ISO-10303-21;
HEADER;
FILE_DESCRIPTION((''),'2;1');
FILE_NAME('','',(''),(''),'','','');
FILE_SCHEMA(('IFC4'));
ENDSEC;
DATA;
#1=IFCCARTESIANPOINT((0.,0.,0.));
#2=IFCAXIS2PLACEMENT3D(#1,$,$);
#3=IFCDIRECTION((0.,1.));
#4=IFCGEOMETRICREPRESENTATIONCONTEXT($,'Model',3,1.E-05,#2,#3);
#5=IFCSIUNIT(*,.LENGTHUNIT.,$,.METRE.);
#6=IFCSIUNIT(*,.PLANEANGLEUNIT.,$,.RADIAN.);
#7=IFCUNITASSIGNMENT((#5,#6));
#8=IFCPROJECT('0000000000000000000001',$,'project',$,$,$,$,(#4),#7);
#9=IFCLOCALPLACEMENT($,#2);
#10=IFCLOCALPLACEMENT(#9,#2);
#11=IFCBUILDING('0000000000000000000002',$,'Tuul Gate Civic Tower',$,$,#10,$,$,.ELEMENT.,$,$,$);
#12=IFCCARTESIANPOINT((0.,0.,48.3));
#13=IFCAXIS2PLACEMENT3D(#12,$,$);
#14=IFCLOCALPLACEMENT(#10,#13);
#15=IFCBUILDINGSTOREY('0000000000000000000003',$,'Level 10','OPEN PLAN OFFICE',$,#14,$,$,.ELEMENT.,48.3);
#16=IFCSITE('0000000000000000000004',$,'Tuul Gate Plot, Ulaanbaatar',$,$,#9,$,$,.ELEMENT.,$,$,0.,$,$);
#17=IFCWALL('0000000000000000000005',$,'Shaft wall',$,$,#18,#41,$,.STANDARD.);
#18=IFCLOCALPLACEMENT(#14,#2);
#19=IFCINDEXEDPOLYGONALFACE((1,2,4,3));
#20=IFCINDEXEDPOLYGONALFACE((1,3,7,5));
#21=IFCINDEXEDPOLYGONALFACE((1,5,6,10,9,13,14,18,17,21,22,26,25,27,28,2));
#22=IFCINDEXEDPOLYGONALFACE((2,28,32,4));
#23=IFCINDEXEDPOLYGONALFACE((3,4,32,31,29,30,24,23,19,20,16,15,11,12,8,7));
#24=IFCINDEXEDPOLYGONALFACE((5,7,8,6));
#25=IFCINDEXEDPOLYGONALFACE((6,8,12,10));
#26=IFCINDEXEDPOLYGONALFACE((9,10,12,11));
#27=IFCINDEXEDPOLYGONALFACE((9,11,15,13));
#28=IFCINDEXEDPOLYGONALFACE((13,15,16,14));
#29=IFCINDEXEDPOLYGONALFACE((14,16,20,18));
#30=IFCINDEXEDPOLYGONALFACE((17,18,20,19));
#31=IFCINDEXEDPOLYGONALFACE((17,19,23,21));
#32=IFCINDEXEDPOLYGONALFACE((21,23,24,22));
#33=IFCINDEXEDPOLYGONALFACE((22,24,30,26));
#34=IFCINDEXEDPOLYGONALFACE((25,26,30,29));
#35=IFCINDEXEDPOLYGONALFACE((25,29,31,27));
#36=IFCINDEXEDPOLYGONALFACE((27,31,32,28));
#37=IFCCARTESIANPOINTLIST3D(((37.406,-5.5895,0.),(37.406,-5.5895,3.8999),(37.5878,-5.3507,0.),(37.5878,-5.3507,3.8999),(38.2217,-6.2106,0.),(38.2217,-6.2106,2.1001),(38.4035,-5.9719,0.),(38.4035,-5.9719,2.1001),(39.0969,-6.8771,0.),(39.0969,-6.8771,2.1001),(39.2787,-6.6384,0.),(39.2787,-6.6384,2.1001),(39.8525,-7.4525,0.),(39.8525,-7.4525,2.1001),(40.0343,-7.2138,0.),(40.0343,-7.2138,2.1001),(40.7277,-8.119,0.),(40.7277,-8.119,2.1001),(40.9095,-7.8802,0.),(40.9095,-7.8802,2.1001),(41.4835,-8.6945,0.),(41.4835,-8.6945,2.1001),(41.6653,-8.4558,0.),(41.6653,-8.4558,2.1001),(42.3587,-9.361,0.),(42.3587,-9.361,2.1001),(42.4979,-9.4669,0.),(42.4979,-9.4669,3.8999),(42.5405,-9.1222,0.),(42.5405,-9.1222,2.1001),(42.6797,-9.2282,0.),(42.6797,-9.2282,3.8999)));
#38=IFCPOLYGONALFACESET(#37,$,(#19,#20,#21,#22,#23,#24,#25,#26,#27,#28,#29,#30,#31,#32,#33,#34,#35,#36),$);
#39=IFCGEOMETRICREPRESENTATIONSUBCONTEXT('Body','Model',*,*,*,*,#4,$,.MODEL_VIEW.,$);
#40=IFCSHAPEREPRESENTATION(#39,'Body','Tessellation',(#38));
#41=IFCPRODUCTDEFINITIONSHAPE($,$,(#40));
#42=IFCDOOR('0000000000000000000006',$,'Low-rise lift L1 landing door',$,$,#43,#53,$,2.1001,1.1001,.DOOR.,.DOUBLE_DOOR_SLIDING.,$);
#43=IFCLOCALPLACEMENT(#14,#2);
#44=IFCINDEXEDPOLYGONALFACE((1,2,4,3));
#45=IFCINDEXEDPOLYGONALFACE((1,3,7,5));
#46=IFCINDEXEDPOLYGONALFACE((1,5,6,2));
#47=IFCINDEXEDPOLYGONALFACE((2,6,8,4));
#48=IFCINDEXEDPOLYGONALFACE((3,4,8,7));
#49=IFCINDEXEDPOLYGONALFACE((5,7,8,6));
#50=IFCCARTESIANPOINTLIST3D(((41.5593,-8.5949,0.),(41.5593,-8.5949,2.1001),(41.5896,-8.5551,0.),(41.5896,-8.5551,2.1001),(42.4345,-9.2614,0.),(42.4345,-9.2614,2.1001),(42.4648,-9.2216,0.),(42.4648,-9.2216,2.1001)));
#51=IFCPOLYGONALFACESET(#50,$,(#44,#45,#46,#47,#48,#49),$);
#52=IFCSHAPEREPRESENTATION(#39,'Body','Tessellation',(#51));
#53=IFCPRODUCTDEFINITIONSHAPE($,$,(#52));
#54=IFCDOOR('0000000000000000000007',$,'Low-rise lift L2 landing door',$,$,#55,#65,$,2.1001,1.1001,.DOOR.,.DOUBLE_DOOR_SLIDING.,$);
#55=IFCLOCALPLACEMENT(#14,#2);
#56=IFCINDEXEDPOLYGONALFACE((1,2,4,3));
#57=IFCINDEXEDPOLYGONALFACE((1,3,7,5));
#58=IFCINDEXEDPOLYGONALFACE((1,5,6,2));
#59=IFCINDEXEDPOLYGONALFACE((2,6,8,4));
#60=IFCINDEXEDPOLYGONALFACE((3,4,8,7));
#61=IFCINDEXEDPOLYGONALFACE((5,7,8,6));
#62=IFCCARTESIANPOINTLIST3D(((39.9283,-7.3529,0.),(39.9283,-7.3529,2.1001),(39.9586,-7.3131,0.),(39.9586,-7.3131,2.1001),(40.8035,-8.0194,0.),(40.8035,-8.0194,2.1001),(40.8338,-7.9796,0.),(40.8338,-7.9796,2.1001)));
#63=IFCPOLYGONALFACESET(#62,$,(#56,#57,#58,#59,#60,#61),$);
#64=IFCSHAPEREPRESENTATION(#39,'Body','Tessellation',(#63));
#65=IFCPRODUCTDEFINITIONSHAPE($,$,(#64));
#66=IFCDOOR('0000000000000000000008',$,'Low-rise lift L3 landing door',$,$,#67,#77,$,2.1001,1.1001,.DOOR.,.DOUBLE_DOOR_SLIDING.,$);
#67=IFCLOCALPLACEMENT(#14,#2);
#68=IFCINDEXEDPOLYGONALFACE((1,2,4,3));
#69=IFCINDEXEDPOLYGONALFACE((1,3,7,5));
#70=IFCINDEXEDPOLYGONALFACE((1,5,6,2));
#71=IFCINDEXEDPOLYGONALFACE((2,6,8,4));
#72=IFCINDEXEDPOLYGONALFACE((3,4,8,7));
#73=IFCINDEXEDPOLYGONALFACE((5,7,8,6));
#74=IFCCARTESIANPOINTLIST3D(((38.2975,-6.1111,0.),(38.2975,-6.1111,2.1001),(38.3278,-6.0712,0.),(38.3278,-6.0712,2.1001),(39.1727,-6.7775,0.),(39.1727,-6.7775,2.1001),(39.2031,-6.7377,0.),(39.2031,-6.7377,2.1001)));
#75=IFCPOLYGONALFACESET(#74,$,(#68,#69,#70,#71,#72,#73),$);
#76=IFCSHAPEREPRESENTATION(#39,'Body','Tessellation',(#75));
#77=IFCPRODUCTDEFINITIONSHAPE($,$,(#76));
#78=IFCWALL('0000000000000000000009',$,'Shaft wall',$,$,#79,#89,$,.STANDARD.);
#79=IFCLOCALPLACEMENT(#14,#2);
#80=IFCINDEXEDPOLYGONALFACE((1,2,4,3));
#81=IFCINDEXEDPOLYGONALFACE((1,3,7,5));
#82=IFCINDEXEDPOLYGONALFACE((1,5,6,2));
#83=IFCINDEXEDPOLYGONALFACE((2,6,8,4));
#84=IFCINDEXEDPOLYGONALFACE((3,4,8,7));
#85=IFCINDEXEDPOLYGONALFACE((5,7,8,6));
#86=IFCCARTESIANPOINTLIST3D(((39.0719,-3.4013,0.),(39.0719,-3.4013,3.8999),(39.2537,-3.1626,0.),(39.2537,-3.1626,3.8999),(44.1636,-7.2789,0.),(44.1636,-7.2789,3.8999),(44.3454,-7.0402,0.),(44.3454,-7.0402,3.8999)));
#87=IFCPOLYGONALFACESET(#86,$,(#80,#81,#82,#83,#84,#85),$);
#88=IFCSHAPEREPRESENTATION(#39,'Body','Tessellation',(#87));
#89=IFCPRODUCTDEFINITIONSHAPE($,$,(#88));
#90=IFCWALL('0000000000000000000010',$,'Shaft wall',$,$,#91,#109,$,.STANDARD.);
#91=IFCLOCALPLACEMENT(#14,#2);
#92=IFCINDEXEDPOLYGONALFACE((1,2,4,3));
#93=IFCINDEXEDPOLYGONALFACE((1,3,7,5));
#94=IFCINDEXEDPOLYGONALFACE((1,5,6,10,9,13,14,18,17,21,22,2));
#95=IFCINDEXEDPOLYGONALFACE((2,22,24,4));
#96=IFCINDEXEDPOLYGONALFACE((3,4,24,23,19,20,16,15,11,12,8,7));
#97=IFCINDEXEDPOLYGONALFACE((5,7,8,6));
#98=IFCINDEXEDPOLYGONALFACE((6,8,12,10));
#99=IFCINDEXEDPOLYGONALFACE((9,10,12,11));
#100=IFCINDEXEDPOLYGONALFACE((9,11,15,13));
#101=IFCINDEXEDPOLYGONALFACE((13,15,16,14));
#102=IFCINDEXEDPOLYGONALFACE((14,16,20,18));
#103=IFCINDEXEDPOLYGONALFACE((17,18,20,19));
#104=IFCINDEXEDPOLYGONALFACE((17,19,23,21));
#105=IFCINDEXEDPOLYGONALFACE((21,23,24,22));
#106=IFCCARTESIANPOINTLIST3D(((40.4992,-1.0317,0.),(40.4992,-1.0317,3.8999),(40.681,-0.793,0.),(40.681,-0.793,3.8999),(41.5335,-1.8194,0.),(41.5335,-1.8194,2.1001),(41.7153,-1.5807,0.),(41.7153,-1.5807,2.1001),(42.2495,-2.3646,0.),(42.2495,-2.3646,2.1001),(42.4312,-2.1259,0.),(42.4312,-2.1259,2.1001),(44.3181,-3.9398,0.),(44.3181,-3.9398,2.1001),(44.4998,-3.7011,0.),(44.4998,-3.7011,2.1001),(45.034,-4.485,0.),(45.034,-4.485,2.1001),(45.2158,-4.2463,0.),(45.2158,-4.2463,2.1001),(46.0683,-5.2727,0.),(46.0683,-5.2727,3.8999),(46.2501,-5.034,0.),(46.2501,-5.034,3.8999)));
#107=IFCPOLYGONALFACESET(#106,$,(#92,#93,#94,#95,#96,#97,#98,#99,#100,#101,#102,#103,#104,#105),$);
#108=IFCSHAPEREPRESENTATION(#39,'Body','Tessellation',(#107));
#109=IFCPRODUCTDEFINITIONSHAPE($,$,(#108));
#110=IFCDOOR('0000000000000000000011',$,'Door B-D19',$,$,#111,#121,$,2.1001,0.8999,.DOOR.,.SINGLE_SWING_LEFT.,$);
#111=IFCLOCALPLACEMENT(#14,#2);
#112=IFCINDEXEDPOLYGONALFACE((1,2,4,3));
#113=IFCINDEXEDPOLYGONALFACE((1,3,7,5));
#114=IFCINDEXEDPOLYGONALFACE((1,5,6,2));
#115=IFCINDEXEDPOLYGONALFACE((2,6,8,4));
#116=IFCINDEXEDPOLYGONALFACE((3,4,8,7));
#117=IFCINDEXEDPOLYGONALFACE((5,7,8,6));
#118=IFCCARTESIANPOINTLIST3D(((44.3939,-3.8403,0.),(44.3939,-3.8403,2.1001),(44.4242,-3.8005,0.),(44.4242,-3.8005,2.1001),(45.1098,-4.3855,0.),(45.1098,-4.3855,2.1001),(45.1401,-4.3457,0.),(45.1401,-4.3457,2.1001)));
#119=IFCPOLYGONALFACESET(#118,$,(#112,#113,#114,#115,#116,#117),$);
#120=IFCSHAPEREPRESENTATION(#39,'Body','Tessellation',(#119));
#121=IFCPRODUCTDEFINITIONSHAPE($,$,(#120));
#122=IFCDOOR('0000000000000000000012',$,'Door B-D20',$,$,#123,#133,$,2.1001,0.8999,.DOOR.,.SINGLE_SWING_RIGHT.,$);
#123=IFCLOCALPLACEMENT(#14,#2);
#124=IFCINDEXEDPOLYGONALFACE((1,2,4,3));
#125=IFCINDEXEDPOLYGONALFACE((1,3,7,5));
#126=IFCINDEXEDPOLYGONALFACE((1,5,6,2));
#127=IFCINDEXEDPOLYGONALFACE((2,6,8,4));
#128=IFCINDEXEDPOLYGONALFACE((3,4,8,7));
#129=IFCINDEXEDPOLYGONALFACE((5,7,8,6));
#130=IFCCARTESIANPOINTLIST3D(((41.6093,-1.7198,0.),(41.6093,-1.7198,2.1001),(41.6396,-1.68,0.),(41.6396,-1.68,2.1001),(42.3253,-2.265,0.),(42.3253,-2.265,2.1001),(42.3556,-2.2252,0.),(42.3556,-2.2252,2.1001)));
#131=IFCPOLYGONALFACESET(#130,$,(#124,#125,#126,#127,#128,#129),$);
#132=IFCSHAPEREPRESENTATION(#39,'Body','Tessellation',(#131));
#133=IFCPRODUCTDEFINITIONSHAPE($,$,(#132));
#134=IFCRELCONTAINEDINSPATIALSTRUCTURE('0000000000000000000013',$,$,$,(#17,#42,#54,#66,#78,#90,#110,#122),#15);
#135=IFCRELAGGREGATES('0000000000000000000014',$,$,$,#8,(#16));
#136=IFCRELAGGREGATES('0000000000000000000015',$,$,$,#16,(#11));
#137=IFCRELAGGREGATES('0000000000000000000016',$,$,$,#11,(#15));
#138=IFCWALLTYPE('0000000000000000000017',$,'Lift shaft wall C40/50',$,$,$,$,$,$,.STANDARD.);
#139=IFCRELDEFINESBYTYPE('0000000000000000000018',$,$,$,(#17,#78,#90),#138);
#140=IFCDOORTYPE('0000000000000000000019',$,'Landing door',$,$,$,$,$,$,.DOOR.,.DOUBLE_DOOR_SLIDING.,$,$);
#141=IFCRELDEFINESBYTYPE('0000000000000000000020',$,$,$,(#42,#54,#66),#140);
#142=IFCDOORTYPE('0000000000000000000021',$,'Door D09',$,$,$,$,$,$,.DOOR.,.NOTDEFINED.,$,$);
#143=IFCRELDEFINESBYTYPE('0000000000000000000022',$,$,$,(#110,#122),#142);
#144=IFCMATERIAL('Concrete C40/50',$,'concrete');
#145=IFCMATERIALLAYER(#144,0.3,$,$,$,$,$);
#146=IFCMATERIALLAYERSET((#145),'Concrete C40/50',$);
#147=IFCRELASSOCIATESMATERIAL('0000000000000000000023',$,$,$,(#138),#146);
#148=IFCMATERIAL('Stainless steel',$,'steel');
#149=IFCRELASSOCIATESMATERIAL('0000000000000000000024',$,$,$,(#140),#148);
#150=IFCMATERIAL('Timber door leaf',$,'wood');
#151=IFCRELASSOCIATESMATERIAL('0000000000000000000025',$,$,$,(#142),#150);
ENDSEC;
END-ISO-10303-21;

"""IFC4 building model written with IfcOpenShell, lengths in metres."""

from ifc_helpers import new_model, si_unit, direction, frame, frame_2d, origin, place, context, subcontext, project, spatial, rectangle, extrude, material, layer, layer_set, type_object, element, fill, save


model = new_model("IFC4")

# Units and contexts
model_context = context("Model", 3, precision=1e-05, world=origin(), true_north=direction((0.0, 1.0)))
body_context = subcontext(model_context, "Body", "Model", "MODEL_VIEW")
ifc_project = project(units=[si_unit("LENGTHUNIT", "METRE"), si_unit("PLANEANGLEUNIT", "RADIAN")], contexts=[model_context])

# Site, building, storey
site_placement = place(None, origin())
site = spatial("IfcSite", under=ifc_project, at=site_placement, Name="Tuul Gate Plot, Ulaanbaatar", CompositionType="ELEMENT", RefElevation=0.0)
building_placement = place(site_placement, origin())
building = spatial("IfcBuilding", under=site, at=building_placement, Name="Tuul Gate Civic Tower", CompositionType="ELEMENT")
storey_placement = place(building_placement, frame((0.0, 0.0, 48.3)))
storey = spatial("IfcBuildingStorey", under=building, at=storey_placement, Name="Level 10", Description="OPEN PLAN OFFICE", CompositionType="ELEMENT", Elevation=48.3)

# Wall, openings, doors
ifc_material_1 = material(Name="Concrete C40/50", Category="concrete")
ifc_layer_1 = layer(ifc_material_1, 0.3)
ifc_layer_set_1 = layer_set([ifc_layer_1], Name="Concrete C40/50")
wall_type_1 = type_object("IfcWallType", Name="Lift shaft wall C40/50", PredefinedType="STANDARD", material=ifc_layer_set_1)
wall_1_placement = place(storey_placement, frame((42.5889, -9.3477, 0.0), z_axis=(0.0, 0.0, 1.0), x_axis=(-0.795584, 0.605843, 0.0)))
wall_1 = element("IfcWall", 1, at=wall_1_placement, inside=storey, type_object=wall_type_1, Name="Shaft wall", PredefinedType="STANDARD", context=body_context, shape_type="SweptSolid", body=[
    extrude(rectangle(XDim=6.4001, YDim=0.3, at=frame_2d((3.2002, 0.0))), origin(), (0.0, 0.0, 1.0), 3.8999),
])
opening_1_placement = place(wall_1_placement, frame((0.175, 0.0, 0.0)))
opening_1 = element("IfcOpeningElement", 2, at=opening_1_placement, cuts=wall_1, PredefinedType="OPENING", context=body_context, shape_type="SweptSolid", body=[
    extrude(rectangle(XDim=1.1001, YDim=2.1001, at=frame_2d((0.55, 1.05))), frame((0.0, 0.1602, 0.0), z_axis=(0.0, -1.0, 0.0), x_axis=(1.0, 0.0, 0.0)), (0.0, 0.0, 1.0), 0.3201),
])
opening_2_placement = place(wall_1_placement, frame((2.2251, 0.0, 0.0)))
opening_2 = element("IfcOpeningElement", 3, at=opening_2_placement, cuts=wall_1, PredefinedType="OPENING", context=body_context, shape_type="SweptSolid", body=[
    extrude(rectangle(XDim=1.1001, YDim=2.1001, at=frame_2d((0.55, 1.05))), frame((0.0, 0.1602, 0.0), z_axis=(0.0, -1.0, 0.0), x_axis=(1.0, 0.0, 0.0)), (0.0, 0.0, 1.0), 0.3201),
])
opening_3_placement = place(wall_1_placement, frame((4.2749, 0.0, 0.0)))
opening_3 = element("IfcOpeningElement", 4, at=opening_3_placement, cuts=wall_1, PredefinedType="OPENING", context=body_context, shape_type="SweptSolid", body=[
    extrude(rectangle(XDim=1.1001, YDim=2.1001, at=frame_2d((0.55, 1.05))), frame((0.0, 0.1602, 0.0), z_axis=(0.0, -1.0, 0.0), x_axis=(1.0, 0.0, 0.0)), (0.0, 0.0, 1.0), 0.3201),
])
ifc_material_2 = material(Name="Stainless steel", Category="steel")
door_type_1 = type_object("IfcDoorType", Name="Landing door", OperationType="DOUBLE_DOOR_SLIDING", PredefinedType="DOOR", material=ifc_material_2)
door_1_placement = place(opening_1_placement, origin())
door_1 = element("IfcDoor", 5, at=door_1_placement, inside=storey, type_object=door_type_1, Name="Low-rise lift L1 landing door", OperationType="DOUBLE_DOOR_SLIDING", OverallHeight=2.1001, OverallWidth=1.1001, PredefinedType="DOOR", context=body_context, shape_type="SweptSolid", body=[
    extrude(rectangle(XDim=1.1001, YDim=2.1001, at=frame_2d((0.55, 1.05))), frame((0.0, 0.0249, 0.0), z_axis=(0.0, -1.0, 0.0), x_axis=(1.0, 0.0, 0.0)), (0.0, 0.0, 1.0), 0.05),
])
fill(opening_1, door_1)
door_2_placement = place(opening_2_placement, origin())
door_2 = element("IfcDoor", 6, at=door_2_placement, inside=storey, type_object=door_type_1, Name="Low-rise lift L2 landing door", OperationType="DOUBLE_DOOR_SLIDING", OverallHeight=2.1001, OverallWidth=1.1001, PredefinedType="DOOR", context=body_context, shape_type="SweptSolid", body=[
    extrude(rectangle(XDim=1.1001, YDim=2.1001, at=frame_2d((0.55, 1.05))), frame((0.0, 0.0249, 0.0), z_axis=(0.0, -1.0, 0.0), x_axis=(1.0, 0.0, 0.0)), (0.0, 0.0, 1.0), 0.05),
])
fill(opening_2, door_2)
door_3_placement = place(opening_3_placement, origin())
door_3 = element("IfcDoor", 7, at=door_3_placement, inside=storey, type_object=door_type_1, Name="Low-rise lift L3 landing door", OperationType="DOUBLE_DOOR_SLIDING", OverallHeight=2.1001, OverallWidth=1.1001, PredefinedType="DOOR", context=body_context, shape_type="SweptSolid", body=[
    extrude(rectangle(XDim=1.1001, YDim=2.1001, at=frame_2d((0.55, 1.05))), frame((0.0, 0.0249, 0.0), z_axis=(0.0, -1.0, 0.0), x_axis=(1.0, 0.0, 0.0)), (0.0, 0.0, 1.0), 0.05),
])
fill(opening_3, door_3)

# Wall
wall_2_placement = place(storey_placement, frame((44.2546, -7.1597, 0.0), z_axis=(0.0, 0.0, 1.0), x_axis=(-0.795566, 0.605867, 0.0)))
element("IfcWall", 8, at=wall_2_placement, inside=storey, type_object=wall_type_1, Name="Shaft wall", PredefinedType="STANDARD", context=body_context, shape_type="SweptSolid", body=[
    extrude(rectangle(XDim=6.4001, YDim=0.3, at=frame_2d((3.2002, 0.0))), origin(), (0.0, 0.0, 1.0), 3.8999),
])

# Wall, openings, doors
wall_3_placement = place(storey_placement, frame((46.1592, -5.1533, 0.0), z_axis=(0.0, 0.0, 1.0), x_axis=(-0.79558, 0.605849, 0.0)))
wall_3 = element("IfcWall", 9, at=wall_3_placement, inside=storey, type_object=wall_type_1, Name="Shaft wall", PredefinedType="STANDARD", context=body_context, shape_type="SweptSolid", body=[
    extrude(rectangle(XDim=7.0, YDim=0.3, at=frame_2d((3.5, 0.0))), origin(), (0.0, 0.0, 1.0), 3.8999),
])
opening_4_placement = place(wall_3_placement, frame((1.3, 0.0, 0.0)))
opening_4 = element("IfcOpeningElement", 10, at=opening_4_placement, cuts=wall_3, PredefinedType="OPENING", context=body_context, shape_type="SweptSolid", body=[
    extrude(rectangle(XDim=0.8999, YDim=2.1001, at=frame_2d((0.45, 1.05))), frame((0.0, 0.1602, 0.0), z_axis=(0.0, -1.0, 0.0), x_axis=(1.0, 0.0, 0.0)), (0.0, 0.0, 1.0), 0.3201),
])
opening_5_placement = place(wall_3_placement, frame((4.8, 0.0, 0.0)))
opening_5 = element("IfcOpeningElement", 11, at=opening_5_placement, cuts=wall_3, PredefinedType="OPENING", context=body_context, shape_type="SweptSolid", body=[
    extrude(rectangle(XDim=0.8999, YDim=2.1001, at=frame_2d((0.45, 1.05))), frame((0.0, 0.1602, 0.0), z_axis=(0.0, -1.0, 0.0), x_axis=(1.0, 0.0, 0.0)), (0.0, 0.0, 1.0), 0.3201),
])
ifc_material_3 = material(Name="Timber door leaf", Category="wood")
door_type_2 = type_object("IfcDoorType", Name="Door D09", OperationType="NOTDEFINED", PredefinedType="DOOR", material=ifc_material_3)
door_4_placement = place(opening_4_placement, origin())
door_4 = element("IfcDoor", 12, at=door_4_placement, inside=storey, type_object=door_type_2, Name="Door B-D19", OperationType="SINGLE_SWING_LEFT", OverallHeight=2.1001, OverallWidth=0.8999, PredefinedType="DOOR", context=body_context, shape_type="SweptSolid", body=[
    extrude(rectangle(XDim=0.8999, YDim=2.1001, at=frame_2d((0.45, 1.05))), frame((0.0, 0.0249, 0.0), z_axis=(0.0, -1.0, 0.0), x_axis=(1.0, 0.0, 0.0)), (0.0, 0.0, 1.0), 0.05),
])
fill(opening_4, door_4)
door_5_placement = place(opening_5_placement, origin())
door_5 = element("IfcDoor", 13, at=door_5_placement, inside=storey, type_object=door_type_2, Name="Door B-D20", OperationType="SINGLE_SWING_RIGHT", OverallHeight=2.1001, OverallWidth=0.8999, PredefinedType="DOOR", context=body_context, shape_type="SweptSolid", body=[
    extrude(rectangle(XDim=0.8999, YDim=2.1001, at=frame_2d((0.45, 1.05))), frame((0.0, 0.0249, 0.0), z_axis=(0.0, -1.0, 0.0), x_axis=(1.0, 0.0, 0.0)), (0.0, 0.0, 1.0), 0.05),
])
fill(opening_5, door_5)

save(model, "model.ifc")
